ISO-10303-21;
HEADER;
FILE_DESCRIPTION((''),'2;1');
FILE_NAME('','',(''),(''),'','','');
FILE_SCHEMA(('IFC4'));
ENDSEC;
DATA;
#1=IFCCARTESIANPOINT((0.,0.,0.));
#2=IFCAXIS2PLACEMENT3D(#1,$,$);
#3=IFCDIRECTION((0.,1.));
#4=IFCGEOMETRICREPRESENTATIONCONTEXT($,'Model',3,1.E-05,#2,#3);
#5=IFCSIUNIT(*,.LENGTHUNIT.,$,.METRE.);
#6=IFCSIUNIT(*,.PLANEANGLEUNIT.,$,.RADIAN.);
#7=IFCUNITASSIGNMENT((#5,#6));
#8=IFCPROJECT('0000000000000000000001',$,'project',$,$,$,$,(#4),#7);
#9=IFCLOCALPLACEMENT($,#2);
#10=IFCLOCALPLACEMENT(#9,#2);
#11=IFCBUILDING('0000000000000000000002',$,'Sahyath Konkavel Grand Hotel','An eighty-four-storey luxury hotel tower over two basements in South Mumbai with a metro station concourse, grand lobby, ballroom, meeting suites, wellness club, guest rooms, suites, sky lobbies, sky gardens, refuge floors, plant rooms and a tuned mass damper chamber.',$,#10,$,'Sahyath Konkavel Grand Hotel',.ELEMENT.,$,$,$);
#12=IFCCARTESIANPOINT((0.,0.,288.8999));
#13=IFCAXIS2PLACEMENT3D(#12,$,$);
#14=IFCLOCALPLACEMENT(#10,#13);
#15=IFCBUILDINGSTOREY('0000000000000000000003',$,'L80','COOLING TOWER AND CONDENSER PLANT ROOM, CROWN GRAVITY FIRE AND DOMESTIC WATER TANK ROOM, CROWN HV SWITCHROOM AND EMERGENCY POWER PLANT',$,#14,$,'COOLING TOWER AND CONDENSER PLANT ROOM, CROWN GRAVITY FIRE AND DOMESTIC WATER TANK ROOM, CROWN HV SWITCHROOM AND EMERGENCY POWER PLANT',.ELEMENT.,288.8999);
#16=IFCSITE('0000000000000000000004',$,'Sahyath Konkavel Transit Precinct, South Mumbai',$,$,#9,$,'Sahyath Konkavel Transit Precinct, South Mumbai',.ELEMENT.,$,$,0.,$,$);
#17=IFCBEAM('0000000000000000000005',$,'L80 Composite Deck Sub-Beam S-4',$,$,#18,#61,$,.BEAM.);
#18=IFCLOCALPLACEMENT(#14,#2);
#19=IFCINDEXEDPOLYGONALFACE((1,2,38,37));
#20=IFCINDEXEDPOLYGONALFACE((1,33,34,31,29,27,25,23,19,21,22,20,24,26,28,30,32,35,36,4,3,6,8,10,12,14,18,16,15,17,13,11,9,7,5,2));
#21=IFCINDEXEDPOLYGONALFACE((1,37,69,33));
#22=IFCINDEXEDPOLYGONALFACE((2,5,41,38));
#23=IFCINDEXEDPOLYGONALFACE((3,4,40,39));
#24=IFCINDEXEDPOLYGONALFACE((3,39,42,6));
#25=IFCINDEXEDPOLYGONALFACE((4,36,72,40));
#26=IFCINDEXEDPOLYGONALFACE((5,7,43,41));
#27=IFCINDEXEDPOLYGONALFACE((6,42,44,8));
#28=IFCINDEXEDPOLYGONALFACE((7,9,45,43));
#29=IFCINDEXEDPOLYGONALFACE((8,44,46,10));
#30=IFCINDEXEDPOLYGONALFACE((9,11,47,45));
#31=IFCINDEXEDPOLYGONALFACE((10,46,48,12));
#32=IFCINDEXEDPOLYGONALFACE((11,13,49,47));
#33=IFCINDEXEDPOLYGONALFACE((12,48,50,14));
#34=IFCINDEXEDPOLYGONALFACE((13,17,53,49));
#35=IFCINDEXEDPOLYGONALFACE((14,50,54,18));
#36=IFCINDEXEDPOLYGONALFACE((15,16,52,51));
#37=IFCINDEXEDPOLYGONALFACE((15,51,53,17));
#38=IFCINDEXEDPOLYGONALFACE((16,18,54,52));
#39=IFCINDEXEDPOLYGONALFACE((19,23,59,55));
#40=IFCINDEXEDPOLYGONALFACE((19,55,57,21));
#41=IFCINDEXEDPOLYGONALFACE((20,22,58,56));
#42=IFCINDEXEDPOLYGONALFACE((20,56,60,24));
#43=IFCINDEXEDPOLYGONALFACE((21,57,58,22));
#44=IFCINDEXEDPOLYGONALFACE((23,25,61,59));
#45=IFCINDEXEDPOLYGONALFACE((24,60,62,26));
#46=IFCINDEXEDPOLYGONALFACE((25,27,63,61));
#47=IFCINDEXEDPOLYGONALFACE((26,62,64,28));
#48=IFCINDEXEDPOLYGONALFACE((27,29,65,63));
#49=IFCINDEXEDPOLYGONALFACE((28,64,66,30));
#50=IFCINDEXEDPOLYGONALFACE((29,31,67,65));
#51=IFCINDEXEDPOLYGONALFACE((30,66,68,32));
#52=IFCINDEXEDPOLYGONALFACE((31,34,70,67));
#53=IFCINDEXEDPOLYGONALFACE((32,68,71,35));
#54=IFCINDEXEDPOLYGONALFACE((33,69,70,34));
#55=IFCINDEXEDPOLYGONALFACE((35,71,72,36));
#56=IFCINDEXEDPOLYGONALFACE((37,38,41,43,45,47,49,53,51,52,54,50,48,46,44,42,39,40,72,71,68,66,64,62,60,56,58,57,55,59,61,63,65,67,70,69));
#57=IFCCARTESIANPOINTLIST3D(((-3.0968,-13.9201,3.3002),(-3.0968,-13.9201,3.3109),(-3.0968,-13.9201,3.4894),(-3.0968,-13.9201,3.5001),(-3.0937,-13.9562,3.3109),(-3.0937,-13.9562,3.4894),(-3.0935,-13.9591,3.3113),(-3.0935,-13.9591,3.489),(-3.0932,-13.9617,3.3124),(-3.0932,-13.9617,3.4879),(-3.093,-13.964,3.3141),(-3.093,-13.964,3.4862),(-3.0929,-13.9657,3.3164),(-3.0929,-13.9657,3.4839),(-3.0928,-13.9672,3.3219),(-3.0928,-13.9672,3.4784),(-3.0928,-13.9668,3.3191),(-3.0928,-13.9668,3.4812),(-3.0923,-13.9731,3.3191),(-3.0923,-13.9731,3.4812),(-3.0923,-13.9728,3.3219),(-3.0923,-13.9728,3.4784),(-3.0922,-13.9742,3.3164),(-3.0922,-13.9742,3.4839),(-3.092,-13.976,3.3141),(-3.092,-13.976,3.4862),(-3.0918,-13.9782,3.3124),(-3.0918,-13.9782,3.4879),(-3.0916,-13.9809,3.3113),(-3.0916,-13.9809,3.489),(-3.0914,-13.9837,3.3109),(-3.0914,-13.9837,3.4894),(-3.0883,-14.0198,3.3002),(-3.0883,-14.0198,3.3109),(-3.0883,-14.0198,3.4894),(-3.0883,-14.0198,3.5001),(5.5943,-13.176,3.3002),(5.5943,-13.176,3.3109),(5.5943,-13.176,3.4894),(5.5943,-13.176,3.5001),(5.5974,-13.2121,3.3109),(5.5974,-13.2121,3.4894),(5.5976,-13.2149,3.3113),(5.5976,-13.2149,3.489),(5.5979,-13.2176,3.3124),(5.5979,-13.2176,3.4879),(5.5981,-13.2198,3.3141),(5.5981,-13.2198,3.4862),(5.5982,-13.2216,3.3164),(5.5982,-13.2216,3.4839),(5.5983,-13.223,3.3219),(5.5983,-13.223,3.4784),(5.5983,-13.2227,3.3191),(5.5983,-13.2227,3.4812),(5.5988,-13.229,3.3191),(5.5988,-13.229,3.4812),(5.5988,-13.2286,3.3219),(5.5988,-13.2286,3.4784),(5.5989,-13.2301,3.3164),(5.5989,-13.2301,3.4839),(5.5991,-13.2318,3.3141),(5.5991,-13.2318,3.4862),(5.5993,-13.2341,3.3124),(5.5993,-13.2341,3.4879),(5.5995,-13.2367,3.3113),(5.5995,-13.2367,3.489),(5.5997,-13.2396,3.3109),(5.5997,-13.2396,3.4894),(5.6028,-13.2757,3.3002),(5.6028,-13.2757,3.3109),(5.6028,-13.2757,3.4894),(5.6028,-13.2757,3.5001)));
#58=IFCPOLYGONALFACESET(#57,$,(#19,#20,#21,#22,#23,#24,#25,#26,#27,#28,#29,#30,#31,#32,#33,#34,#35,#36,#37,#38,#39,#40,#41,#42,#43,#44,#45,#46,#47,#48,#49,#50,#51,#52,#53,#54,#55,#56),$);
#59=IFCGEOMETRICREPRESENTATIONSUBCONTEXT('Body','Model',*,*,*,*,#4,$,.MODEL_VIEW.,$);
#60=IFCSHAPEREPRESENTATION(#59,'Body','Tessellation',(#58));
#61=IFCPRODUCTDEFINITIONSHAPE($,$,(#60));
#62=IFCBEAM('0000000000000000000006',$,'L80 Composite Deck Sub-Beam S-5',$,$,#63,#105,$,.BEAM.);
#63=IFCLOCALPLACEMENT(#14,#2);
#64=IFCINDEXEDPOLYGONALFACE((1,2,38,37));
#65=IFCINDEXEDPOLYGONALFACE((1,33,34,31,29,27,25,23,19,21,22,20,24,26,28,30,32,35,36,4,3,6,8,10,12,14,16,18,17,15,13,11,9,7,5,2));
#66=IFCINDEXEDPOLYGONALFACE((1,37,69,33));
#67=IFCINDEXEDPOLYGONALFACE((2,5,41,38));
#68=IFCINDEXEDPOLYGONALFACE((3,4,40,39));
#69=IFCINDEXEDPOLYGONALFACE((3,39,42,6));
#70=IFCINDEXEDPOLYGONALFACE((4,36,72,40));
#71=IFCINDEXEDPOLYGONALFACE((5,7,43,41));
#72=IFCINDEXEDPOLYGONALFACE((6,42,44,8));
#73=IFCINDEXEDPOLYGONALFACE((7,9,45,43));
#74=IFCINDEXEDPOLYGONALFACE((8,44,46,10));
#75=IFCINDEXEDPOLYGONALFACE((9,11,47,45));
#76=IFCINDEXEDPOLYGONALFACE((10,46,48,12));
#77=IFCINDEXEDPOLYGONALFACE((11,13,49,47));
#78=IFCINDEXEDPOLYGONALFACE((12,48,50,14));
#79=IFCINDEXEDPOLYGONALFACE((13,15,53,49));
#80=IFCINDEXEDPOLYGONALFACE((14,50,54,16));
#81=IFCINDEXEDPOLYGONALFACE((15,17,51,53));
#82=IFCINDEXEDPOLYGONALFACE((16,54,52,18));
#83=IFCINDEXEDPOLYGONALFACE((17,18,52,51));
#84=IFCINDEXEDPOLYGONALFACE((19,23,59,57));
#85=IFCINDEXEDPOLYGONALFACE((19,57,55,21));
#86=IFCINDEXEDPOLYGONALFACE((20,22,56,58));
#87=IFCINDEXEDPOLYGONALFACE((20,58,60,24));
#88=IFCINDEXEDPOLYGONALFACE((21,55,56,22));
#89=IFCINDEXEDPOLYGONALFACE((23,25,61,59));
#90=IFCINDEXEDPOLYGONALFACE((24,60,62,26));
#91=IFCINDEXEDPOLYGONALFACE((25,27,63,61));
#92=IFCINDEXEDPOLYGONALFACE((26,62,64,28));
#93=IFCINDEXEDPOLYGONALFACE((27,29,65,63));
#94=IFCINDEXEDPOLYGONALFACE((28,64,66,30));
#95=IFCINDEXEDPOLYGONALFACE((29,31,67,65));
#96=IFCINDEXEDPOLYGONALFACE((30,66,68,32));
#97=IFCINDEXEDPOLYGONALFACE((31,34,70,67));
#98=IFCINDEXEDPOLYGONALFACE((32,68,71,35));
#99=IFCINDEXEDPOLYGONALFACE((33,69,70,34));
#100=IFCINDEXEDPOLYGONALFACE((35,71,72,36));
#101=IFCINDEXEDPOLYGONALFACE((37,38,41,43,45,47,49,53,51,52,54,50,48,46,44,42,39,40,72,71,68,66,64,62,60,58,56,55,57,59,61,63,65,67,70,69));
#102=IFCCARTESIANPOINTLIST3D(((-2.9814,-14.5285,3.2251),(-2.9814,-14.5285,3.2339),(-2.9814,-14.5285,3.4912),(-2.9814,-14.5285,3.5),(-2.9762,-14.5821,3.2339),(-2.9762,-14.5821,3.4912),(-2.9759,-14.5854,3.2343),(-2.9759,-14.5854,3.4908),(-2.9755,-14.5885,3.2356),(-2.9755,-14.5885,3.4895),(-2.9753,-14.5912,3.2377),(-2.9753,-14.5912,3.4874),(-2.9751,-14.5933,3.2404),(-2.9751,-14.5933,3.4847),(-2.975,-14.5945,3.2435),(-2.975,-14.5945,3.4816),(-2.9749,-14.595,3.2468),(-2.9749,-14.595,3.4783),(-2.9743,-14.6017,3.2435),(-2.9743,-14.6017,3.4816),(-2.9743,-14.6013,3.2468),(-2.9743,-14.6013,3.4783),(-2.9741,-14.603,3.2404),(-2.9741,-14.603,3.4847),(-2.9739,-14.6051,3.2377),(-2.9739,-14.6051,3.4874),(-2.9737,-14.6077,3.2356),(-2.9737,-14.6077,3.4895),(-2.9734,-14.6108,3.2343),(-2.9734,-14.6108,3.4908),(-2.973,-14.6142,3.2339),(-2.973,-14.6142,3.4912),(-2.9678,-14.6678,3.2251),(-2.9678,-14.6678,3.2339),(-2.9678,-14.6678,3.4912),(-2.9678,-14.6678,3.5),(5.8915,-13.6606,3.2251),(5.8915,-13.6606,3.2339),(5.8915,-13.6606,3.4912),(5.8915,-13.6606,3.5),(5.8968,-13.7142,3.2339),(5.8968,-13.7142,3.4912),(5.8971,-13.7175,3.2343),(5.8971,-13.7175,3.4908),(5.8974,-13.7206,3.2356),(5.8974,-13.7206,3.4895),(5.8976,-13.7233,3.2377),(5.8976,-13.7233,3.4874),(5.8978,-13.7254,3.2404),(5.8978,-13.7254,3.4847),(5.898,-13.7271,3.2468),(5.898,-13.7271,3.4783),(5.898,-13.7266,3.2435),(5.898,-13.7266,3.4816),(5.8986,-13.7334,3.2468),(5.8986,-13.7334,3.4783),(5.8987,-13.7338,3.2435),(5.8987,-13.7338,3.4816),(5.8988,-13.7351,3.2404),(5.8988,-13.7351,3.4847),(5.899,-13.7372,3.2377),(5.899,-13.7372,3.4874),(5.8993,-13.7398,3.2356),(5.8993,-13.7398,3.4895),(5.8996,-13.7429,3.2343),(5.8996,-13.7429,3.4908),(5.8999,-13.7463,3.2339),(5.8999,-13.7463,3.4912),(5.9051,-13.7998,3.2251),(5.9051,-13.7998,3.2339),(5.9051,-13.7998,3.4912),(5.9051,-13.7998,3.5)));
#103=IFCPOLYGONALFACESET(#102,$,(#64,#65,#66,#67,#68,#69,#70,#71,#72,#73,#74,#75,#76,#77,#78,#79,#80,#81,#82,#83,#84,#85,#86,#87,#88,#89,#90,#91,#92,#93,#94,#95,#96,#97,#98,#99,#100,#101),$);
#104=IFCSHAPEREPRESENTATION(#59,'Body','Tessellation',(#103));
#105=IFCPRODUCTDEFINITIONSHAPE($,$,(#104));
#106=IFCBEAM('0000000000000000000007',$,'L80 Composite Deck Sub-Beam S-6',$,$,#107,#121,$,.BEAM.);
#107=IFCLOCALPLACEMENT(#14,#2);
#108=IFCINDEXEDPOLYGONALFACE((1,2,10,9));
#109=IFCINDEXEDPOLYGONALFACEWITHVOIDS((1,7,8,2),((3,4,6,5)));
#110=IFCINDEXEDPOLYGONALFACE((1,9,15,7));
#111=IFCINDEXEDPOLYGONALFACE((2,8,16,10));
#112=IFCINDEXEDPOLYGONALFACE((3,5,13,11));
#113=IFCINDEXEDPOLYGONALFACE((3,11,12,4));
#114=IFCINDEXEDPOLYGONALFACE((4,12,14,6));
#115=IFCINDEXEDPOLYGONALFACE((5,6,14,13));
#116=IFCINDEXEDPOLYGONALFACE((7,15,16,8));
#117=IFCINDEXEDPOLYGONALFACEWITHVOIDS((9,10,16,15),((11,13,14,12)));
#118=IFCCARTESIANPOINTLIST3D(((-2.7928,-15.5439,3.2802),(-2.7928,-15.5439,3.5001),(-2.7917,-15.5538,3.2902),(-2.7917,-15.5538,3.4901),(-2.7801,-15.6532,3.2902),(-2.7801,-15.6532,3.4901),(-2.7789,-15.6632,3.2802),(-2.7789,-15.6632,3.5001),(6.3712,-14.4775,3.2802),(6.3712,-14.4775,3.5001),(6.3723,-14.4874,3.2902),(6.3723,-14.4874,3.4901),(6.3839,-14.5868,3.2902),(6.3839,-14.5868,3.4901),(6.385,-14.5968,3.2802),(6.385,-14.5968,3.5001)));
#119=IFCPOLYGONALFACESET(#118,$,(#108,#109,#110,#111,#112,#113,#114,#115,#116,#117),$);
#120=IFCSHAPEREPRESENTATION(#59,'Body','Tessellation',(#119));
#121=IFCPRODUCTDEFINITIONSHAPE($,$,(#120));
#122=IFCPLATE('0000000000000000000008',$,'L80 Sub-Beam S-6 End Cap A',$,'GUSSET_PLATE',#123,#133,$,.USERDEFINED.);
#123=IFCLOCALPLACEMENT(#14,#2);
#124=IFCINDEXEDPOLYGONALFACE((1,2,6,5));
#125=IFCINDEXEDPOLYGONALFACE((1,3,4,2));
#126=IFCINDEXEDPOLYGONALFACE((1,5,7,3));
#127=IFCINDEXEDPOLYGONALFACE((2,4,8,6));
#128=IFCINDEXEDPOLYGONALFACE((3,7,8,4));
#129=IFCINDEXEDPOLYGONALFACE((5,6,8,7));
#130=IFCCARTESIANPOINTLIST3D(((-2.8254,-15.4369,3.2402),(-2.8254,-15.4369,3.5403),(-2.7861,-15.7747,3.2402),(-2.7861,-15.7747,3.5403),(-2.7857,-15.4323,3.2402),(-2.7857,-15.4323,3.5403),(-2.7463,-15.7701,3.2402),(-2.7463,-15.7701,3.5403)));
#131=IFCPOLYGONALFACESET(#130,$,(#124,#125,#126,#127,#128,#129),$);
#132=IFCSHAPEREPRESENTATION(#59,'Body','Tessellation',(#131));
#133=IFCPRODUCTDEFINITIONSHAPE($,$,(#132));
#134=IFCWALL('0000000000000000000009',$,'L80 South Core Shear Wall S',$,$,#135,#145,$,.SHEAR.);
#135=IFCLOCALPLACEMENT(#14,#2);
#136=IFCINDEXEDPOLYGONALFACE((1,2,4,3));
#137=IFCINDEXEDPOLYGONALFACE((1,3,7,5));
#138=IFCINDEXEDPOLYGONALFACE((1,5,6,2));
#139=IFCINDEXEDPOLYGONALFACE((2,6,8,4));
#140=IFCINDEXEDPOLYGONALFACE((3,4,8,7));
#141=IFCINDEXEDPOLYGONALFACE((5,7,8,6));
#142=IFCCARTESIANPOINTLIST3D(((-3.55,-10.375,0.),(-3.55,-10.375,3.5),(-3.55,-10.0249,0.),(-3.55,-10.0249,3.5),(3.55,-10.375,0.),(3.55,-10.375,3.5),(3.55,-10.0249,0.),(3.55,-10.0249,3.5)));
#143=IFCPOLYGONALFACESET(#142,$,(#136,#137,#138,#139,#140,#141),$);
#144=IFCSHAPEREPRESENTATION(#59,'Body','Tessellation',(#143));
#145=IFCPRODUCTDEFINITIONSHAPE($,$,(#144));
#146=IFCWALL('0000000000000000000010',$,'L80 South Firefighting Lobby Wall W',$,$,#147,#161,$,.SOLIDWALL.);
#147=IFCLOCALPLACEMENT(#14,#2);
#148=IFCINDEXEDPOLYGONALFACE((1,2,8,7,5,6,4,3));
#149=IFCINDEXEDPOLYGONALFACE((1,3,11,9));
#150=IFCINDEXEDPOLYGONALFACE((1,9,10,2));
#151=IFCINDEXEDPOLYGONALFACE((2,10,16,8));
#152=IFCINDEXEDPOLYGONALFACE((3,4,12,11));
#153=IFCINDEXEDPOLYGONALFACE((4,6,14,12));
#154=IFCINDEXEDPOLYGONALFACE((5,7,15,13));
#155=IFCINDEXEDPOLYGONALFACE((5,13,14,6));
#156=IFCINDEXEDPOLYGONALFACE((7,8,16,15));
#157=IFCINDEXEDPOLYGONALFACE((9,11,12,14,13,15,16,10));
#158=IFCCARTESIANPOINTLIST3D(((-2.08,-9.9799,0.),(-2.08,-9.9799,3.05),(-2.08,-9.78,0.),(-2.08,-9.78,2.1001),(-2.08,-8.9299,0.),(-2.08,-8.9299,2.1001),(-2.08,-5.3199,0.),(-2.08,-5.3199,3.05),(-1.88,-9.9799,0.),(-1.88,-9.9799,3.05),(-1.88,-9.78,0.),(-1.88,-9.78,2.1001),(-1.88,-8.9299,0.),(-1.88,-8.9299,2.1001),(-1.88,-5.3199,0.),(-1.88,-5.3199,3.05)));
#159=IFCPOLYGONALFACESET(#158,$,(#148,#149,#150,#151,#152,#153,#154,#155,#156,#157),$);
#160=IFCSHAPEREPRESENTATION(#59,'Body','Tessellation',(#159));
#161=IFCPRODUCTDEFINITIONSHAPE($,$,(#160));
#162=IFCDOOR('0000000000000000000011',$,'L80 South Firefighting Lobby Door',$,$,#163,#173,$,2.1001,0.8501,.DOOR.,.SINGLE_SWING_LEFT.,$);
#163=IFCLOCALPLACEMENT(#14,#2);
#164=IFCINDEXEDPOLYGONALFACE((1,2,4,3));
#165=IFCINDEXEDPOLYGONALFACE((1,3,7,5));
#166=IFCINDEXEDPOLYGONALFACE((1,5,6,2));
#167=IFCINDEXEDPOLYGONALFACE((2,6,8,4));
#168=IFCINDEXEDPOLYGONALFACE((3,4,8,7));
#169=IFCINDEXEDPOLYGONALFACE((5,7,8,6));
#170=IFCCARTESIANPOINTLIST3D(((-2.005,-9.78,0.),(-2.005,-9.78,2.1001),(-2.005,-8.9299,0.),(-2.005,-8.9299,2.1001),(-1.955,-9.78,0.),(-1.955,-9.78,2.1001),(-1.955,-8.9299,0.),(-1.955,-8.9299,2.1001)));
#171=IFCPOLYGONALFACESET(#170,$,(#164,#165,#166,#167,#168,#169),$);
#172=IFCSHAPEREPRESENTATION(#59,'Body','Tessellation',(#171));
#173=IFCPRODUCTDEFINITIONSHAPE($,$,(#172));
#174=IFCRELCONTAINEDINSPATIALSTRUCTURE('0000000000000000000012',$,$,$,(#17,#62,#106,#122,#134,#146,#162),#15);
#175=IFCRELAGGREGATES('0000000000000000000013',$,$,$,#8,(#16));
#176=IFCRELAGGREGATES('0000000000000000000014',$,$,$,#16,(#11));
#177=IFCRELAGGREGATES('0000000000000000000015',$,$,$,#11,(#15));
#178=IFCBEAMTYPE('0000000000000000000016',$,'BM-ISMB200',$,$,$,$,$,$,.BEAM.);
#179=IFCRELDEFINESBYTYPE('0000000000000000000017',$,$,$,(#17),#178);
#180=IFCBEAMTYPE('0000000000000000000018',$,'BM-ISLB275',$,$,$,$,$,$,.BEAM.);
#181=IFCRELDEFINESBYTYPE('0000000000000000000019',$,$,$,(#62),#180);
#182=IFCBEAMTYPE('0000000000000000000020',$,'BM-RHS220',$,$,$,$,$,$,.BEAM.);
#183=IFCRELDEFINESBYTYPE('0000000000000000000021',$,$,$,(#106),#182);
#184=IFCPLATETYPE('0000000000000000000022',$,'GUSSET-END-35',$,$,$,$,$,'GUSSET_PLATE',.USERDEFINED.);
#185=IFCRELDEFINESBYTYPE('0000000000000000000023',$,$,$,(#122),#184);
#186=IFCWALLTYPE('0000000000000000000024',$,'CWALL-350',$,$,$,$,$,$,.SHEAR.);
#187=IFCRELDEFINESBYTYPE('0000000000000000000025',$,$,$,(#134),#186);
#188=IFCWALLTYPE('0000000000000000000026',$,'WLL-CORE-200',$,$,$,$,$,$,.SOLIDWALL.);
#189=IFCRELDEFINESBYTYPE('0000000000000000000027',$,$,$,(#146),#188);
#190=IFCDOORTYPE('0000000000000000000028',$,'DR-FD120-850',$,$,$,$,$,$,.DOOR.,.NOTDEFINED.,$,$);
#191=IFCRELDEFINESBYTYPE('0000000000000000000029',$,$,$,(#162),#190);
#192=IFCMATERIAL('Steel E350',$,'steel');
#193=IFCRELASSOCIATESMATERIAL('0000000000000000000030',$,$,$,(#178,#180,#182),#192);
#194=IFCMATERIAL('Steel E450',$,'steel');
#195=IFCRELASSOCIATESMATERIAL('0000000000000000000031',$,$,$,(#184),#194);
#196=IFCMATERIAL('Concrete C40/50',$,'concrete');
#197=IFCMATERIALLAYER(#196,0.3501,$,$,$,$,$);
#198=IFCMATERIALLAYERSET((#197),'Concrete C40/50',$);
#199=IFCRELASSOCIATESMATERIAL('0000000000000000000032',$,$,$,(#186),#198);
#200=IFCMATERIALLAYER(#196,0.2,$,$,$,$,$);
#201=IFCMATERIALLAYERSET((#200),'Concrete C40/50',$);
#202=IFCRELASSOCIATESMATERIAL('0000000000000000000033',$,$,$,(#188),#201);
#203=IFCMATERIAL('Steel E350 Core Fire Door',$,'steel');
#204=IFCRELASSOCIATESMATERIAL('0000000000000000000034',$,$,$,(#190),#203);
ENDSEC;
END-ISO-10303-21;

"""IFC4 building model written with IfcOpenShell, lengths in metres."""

from ifc_helpers import new_model, si_unit, direction, frame, frame_2d, origin, origin_2d, place, context, subcontext, project, spatial, rectangle, hollow_rectangle, i_section, extrude, source, transform, mapped, material, layer, layer_set, material_profile, profile_set, type_object, element, fill, save


model = new_model("IFC4")

# Units and contexts
model_context = context("Model", 3, precision=1e-05, world=origin(), true_north=direction((0.0, 1.0)))
body_context = subcontext(model_context, "Body", "Model", "MODEL_VIEW")
ifc_project = project(units=[si_unit("LENGTHUNIT", "METRE"), si_unit("PLANEANGLEUNIT", "RADIAN")], contexts=[model_context])

# Site, building, storey
site_placement = place(None, origin())
site = spatial("IfcSite", under=ifc_project, at=site_placement, Name="Sahyath Konkavel Transit Precinct, South Mumbai", LongName="Sahyath Konkavel Transit Precinct, South Mumbai", CompositionType="ELEMENT", RefElevation=0.0)
building_placement = place(site_placement, origin())
building = spatial("IfcBuilding", under=site, at=building_placement, Name="Sahyath Konkavel Grand Hotel", Description="An eighty-four-storey luxury hotel tower over two basements in South Mumbai with a metro station concourse, grand lobby, ballroom, meeting suites, wellness club, guest rooms, suites, sky lobbies, sky gardens, refuge floors, plant rooms and a tuned mass damper chamber.", LongName="Sahyath Konkavel Grand Hotel", CompositionType="ELEMENT")
storey_placement = place(building_placement, frame((0.0, 0.0, 288.8999)))
storey = spatial("IfcBuildingStorey", under=building, at=storey_placement, Name="L80", Description="COOLING TOWER AND CONDENSER PLANT ROOM, CROWN GRAVITY FIRE AND DOMESTIC WATER TANK ROOM, CROWN HV SWITCHROOM AND EMERGENCY POWER PLANT", LongName="COOLING TOWER AND CONDENSER PLANT ROOM, CROWN GRAVITY FIRE AND DOMESTIC WATER TANK ROOM, CROWN HV SWITCHROOM AND EMERGENCY POWER PLANT", CompositionType="ELEMENT", Elevation=288.8999)

# Shared definitions
ifc_material_1 = material(Name="Concrete C40/50", Category="concrete")

# Beams
ifc_material_2 = material(Name="Steel E350", Category="steel")
ifc_material_profile_1 = material_profile(ifc_material_2, i_section(OverallWidth=0.1001, OverallDepth=0.2, WebThickness=0.0056, FlangeThickness=0.0107, FilletRadius=0.011, at=origin_2d()), Name="ISMB 200")
ifc_profile_set_1 = profile_set([ifc_material_profile_1], Name="Steel E350")
beam_type_1 = type_object("IfcBeamType", Name="BM-ISMB200", PredefinedType="BEAM", material=ifc_profile_set_1)
shared_shape_1 = source(origin(), body_context, "Body", "SweptSolid", [
    extrude(i_section(OverallWidth=0.1001, OverallDepth=0.2, WebThickness=0.0056, FlangeThickness=0.0107, FilletRadius=0.011, at=origin_2d()), origin(), (0.0, 0.0, 1.0), 8.7229),
])
beam_1_placement = place(storey_placement, frame((-3.0925, -13.97, 3.4001), z_axis=(0.996355, 0.085308, 0.0), x_axis=(-0.085308, 0.996355, 0.0)))
element("IfcBeam", 1, at=beam_1_placement, inside=storey, type_object=beam_type_1, Name="L80 Composite Deck Sub-Beam S-4", PredefinedType="BEAM", context=body_context, shape_type="MappedRepresentation", body=[
    mapped(shared_shape_1, transform((0.0, 0.0, 0.0), scale=1.0)),
])
ifc_material_profile_2 = material_profile(ifc_material_2, i_section(OverallWidth=0.1399, OverallDepth=0.2749, WebThickness=0.0063, FlangeThickness=0.0088, FilletRadius=0.0129, at=origin_2d()), Name="ISLB 275")
ifc_profile_set_2 = profile_set([ifc_material_profile_2], Name="Steel E350")
beam_type_2 = type_object("IfcBeamType", Name="BM-ISLB275", PredefinedType="BEAM", material=ifc_profile_set_2)
shared_shape_2 = source(origin(), body_context, "Body", "SweptSolid", [
    extrude(i_section(OverallWidth=0.1399, OverallDepth=0.2749, WebThickness=0.0063, FlangeThickness=0.0088, FilletRadius=0.0129, at=origin_2d()), origin(), (0.0, 0.0, 1.0), 8.9153),
])
beam_2_placement = place(storey_placement, frame((-2.9746, -14.5981, 3.3625), z_axis=(0.99525, 0.097351, 0.0), x_axis=(-0.097351, 0.99525, 0.0)))
element("IfcBeam", 2, at=beam_2_placement, inside=storey, type_object=beam_type_2, Name="L80 Composite Deck Sub-Beam S-5", PredefinedType="BEAM", context=body_context, shape_type="MappedRepresentation", body=[
    mapped(shared_shape_2, transform((0.0, 0.0, 0.0), scale=1.0)),
])
ifc_material_profile_3 = material_profile(ifc_material_2, hollow_rectangle(XDim=0.1201, YDim=0.22, WallThickness=0.01, at=origin_2d()), Name="RHS 220x120x10")
ifc_profile_set_3 = profile_set([ifc_material_profile_3], Name="Steel E350")
beam_type_3 = type_object("IfcBeamType", Name="BM-RHS220", PredefinedType="BEAM", material=ifc_profile_set_3)
shared_shape_3 = source(origin(), body_context, "Body", "SweptSolid", [
    extrude(hollow_rectangle(XDim=0.1201, YDim=0.22, WallThickness=0.01, at=origin_2d()), origin(), (0.0, 0.0, 1.0), 9.2258),
])
beam_3_placement = place(storey_placement, frame((-2.7859, -15.6035, 3.3901), z_axis=(0.993297, 0.115588, 0.0), x_axis=(-0.115588, 0.993297, 0.0)))
element("IfcBeam", 3, at=beam_3_placement, inside=storey, type_object=beam_type_3, Name="L80 Composite Deck Sub-Beam S-6", PredefinedType="BEAM", context=body_context, shape_type="MappedRepresentation", body=[
    mapped(shared_shape_3, transform((0.0, 0.0, 0.0), scale=1.0)),
])

# Plate
ifc_material_3 = material(Name="Steel E450", Category="steel")
plate_type = type_object("IfcPlateType", Name="GUSSET-END-35", ElementType="GUSSET_PLATE", PredefinedType="USERDEFINED", material=ifc_material_3)
shared_shape_4 = source(origin(), body_context, "Body", "SweptSolid", [
    extrude(rectangle(XDim=0.04, YDim=0.3401, at=origin_2d()), origin(), (0.0, 0.0, 1.0), 0.3),
])
plate_placement = place(storey_placement, frame((-2.7859, -15.6035, 3.2402), z_axis=(0.0, 0.0, 1.0), x_axis=(0.993298, 0.115579, 0.0)))
element("IfcPlate", 4, at=plate_placement, inside=storey, type_object=plate_type, Name="L80 Sub-Beam S-6 End Cap A", ObjectType="GUSSET_PLATE", PredefinedType="USERDEFINED", context=body_context, shape_type="MappedRepresentation", body=[
    mapped(shared_shape_4, transform((0.0, 0.0, 0.0), scale=1.0)),
])

# Wall
ifc_layer_1 = layer(ifc_material_1, 0.3501)
ifc_layer_set_1 = layer_set([ifc_layer_1], Name="Concrete C40/50")
wall_type_1 = type_object("IfcWallType", Name="CWALL-350", PredefinedType="SHEAR", material=ifc_layer_set_1)
wall_1_placement = place(storey_placement, frame((-3.55, -10.2, 0.0), z_axis=(0.0, 0.0, 1.0), x_axis=(1.0, 0.0, 0.0)))
element("IfcWall", 5, at=wall_1_placement, inside=storey, type_object=wall_type_1, Name="L80 South Core Shear Wall S", PredefinedType="SHEAR", context=body_context, shape_type="SweptSolid", body=[
    extrude(rectangle(XDim=7.1001, YDim=0.3501, at=frame_2d((3.55, 0.0))), origin(), (0.0, 0.0, 1.0), 3.5),
])

# Wall, opening, door
ifc_layer_2 = layer(ifc_material_1, 0.2)
ifc_layer_set_2 = layer_set([ifc_layer_2], Name="Concrete C40/50")
wall_type_2 = type_object("IfcWallType", Name="WLL-CORE-200", PredefinedType="SOLIDWALL", material=ifc_layer_set_2)
wall_2_placement = place(storey_placement, frame((-1.98, -9.98, 0.0), z_axis=(0.0, 0.0, 1.0), x_axis=(0.0, 1.0, 0.0)))
wall_2 = element("IfcWall", 6, at=wall_2_placement, inside=storey, type_object=wall_type_2, Name="L80 South Firefighting Lobby Wall W", PredefinedType="SOLIDWALL", context=body_context, shape_type="SweptSolid", body=[
    extrude(rectangle(XDim=4.6599, YDim=0.2, at=frame_2d((2.3301, 0.0))), origin(), (0.0, 0.0, 1.0), 3.05),
])
opening_1_placement = place(wall_2_placement, frame((0.2, 0.0, 0.0)))
opening_1 = element("IfcOpeningElement", 7, at=opening_1_placement, cuts=wall_2, PredefinedType="OPENING", context=body_context, shape_type="SweptSolid", body=[
    extrude(rectangle(XDim=0.8501, YDim=2.1001, at=frame_2d((0.425, 1.05))), frame((0.0, 0.1099, 0.0), z_axis=(0.0, -1.0, 0.0), x_axis=(1.0, 0.0, 0.0)), (0.0, 0.0, 1.0), 0.22),
])
ifc_material_4 = material(Name="Steel E350 Core Fire Door", Category="steel")
door_type_1 = type_object("IfcDoorType", Name="DR-FD120-850", OperationType="NOTDEFINED", PredefinedType="DOOR", material=ifc_material_4)
shared_shape_5 = source(origin(), body_context, "Body", "SweptSolid", [
    extrude(rectangle(XDim=0.8501, YDim=0.05, at=origin_2d()), origin(), (0.0, 0.0, 1.0), 2.1001),
])
door_1_placement = place(opening_1_placement, frame((0.425, 0.0, 0.0)))
door_1 = element("IfcDoor", 8, at=door_1_placement, inside=storey, type_object=door_type_1, Name="L80 South Firefighting Lobby Door", OperationType="SINGLE_SWING_LEFT", OverallHeight=2.1001, OverallWidth=0.8501, PredefinedType="DOOR", context=body_context, shape_type="MappedRepresentation", body=[
    mapped(shared_shape_5, transform((0.0, 0.0, 0.0), scale=1.0)),
])
fill(opening_1, door_1)

save(model, "model.ifc")
